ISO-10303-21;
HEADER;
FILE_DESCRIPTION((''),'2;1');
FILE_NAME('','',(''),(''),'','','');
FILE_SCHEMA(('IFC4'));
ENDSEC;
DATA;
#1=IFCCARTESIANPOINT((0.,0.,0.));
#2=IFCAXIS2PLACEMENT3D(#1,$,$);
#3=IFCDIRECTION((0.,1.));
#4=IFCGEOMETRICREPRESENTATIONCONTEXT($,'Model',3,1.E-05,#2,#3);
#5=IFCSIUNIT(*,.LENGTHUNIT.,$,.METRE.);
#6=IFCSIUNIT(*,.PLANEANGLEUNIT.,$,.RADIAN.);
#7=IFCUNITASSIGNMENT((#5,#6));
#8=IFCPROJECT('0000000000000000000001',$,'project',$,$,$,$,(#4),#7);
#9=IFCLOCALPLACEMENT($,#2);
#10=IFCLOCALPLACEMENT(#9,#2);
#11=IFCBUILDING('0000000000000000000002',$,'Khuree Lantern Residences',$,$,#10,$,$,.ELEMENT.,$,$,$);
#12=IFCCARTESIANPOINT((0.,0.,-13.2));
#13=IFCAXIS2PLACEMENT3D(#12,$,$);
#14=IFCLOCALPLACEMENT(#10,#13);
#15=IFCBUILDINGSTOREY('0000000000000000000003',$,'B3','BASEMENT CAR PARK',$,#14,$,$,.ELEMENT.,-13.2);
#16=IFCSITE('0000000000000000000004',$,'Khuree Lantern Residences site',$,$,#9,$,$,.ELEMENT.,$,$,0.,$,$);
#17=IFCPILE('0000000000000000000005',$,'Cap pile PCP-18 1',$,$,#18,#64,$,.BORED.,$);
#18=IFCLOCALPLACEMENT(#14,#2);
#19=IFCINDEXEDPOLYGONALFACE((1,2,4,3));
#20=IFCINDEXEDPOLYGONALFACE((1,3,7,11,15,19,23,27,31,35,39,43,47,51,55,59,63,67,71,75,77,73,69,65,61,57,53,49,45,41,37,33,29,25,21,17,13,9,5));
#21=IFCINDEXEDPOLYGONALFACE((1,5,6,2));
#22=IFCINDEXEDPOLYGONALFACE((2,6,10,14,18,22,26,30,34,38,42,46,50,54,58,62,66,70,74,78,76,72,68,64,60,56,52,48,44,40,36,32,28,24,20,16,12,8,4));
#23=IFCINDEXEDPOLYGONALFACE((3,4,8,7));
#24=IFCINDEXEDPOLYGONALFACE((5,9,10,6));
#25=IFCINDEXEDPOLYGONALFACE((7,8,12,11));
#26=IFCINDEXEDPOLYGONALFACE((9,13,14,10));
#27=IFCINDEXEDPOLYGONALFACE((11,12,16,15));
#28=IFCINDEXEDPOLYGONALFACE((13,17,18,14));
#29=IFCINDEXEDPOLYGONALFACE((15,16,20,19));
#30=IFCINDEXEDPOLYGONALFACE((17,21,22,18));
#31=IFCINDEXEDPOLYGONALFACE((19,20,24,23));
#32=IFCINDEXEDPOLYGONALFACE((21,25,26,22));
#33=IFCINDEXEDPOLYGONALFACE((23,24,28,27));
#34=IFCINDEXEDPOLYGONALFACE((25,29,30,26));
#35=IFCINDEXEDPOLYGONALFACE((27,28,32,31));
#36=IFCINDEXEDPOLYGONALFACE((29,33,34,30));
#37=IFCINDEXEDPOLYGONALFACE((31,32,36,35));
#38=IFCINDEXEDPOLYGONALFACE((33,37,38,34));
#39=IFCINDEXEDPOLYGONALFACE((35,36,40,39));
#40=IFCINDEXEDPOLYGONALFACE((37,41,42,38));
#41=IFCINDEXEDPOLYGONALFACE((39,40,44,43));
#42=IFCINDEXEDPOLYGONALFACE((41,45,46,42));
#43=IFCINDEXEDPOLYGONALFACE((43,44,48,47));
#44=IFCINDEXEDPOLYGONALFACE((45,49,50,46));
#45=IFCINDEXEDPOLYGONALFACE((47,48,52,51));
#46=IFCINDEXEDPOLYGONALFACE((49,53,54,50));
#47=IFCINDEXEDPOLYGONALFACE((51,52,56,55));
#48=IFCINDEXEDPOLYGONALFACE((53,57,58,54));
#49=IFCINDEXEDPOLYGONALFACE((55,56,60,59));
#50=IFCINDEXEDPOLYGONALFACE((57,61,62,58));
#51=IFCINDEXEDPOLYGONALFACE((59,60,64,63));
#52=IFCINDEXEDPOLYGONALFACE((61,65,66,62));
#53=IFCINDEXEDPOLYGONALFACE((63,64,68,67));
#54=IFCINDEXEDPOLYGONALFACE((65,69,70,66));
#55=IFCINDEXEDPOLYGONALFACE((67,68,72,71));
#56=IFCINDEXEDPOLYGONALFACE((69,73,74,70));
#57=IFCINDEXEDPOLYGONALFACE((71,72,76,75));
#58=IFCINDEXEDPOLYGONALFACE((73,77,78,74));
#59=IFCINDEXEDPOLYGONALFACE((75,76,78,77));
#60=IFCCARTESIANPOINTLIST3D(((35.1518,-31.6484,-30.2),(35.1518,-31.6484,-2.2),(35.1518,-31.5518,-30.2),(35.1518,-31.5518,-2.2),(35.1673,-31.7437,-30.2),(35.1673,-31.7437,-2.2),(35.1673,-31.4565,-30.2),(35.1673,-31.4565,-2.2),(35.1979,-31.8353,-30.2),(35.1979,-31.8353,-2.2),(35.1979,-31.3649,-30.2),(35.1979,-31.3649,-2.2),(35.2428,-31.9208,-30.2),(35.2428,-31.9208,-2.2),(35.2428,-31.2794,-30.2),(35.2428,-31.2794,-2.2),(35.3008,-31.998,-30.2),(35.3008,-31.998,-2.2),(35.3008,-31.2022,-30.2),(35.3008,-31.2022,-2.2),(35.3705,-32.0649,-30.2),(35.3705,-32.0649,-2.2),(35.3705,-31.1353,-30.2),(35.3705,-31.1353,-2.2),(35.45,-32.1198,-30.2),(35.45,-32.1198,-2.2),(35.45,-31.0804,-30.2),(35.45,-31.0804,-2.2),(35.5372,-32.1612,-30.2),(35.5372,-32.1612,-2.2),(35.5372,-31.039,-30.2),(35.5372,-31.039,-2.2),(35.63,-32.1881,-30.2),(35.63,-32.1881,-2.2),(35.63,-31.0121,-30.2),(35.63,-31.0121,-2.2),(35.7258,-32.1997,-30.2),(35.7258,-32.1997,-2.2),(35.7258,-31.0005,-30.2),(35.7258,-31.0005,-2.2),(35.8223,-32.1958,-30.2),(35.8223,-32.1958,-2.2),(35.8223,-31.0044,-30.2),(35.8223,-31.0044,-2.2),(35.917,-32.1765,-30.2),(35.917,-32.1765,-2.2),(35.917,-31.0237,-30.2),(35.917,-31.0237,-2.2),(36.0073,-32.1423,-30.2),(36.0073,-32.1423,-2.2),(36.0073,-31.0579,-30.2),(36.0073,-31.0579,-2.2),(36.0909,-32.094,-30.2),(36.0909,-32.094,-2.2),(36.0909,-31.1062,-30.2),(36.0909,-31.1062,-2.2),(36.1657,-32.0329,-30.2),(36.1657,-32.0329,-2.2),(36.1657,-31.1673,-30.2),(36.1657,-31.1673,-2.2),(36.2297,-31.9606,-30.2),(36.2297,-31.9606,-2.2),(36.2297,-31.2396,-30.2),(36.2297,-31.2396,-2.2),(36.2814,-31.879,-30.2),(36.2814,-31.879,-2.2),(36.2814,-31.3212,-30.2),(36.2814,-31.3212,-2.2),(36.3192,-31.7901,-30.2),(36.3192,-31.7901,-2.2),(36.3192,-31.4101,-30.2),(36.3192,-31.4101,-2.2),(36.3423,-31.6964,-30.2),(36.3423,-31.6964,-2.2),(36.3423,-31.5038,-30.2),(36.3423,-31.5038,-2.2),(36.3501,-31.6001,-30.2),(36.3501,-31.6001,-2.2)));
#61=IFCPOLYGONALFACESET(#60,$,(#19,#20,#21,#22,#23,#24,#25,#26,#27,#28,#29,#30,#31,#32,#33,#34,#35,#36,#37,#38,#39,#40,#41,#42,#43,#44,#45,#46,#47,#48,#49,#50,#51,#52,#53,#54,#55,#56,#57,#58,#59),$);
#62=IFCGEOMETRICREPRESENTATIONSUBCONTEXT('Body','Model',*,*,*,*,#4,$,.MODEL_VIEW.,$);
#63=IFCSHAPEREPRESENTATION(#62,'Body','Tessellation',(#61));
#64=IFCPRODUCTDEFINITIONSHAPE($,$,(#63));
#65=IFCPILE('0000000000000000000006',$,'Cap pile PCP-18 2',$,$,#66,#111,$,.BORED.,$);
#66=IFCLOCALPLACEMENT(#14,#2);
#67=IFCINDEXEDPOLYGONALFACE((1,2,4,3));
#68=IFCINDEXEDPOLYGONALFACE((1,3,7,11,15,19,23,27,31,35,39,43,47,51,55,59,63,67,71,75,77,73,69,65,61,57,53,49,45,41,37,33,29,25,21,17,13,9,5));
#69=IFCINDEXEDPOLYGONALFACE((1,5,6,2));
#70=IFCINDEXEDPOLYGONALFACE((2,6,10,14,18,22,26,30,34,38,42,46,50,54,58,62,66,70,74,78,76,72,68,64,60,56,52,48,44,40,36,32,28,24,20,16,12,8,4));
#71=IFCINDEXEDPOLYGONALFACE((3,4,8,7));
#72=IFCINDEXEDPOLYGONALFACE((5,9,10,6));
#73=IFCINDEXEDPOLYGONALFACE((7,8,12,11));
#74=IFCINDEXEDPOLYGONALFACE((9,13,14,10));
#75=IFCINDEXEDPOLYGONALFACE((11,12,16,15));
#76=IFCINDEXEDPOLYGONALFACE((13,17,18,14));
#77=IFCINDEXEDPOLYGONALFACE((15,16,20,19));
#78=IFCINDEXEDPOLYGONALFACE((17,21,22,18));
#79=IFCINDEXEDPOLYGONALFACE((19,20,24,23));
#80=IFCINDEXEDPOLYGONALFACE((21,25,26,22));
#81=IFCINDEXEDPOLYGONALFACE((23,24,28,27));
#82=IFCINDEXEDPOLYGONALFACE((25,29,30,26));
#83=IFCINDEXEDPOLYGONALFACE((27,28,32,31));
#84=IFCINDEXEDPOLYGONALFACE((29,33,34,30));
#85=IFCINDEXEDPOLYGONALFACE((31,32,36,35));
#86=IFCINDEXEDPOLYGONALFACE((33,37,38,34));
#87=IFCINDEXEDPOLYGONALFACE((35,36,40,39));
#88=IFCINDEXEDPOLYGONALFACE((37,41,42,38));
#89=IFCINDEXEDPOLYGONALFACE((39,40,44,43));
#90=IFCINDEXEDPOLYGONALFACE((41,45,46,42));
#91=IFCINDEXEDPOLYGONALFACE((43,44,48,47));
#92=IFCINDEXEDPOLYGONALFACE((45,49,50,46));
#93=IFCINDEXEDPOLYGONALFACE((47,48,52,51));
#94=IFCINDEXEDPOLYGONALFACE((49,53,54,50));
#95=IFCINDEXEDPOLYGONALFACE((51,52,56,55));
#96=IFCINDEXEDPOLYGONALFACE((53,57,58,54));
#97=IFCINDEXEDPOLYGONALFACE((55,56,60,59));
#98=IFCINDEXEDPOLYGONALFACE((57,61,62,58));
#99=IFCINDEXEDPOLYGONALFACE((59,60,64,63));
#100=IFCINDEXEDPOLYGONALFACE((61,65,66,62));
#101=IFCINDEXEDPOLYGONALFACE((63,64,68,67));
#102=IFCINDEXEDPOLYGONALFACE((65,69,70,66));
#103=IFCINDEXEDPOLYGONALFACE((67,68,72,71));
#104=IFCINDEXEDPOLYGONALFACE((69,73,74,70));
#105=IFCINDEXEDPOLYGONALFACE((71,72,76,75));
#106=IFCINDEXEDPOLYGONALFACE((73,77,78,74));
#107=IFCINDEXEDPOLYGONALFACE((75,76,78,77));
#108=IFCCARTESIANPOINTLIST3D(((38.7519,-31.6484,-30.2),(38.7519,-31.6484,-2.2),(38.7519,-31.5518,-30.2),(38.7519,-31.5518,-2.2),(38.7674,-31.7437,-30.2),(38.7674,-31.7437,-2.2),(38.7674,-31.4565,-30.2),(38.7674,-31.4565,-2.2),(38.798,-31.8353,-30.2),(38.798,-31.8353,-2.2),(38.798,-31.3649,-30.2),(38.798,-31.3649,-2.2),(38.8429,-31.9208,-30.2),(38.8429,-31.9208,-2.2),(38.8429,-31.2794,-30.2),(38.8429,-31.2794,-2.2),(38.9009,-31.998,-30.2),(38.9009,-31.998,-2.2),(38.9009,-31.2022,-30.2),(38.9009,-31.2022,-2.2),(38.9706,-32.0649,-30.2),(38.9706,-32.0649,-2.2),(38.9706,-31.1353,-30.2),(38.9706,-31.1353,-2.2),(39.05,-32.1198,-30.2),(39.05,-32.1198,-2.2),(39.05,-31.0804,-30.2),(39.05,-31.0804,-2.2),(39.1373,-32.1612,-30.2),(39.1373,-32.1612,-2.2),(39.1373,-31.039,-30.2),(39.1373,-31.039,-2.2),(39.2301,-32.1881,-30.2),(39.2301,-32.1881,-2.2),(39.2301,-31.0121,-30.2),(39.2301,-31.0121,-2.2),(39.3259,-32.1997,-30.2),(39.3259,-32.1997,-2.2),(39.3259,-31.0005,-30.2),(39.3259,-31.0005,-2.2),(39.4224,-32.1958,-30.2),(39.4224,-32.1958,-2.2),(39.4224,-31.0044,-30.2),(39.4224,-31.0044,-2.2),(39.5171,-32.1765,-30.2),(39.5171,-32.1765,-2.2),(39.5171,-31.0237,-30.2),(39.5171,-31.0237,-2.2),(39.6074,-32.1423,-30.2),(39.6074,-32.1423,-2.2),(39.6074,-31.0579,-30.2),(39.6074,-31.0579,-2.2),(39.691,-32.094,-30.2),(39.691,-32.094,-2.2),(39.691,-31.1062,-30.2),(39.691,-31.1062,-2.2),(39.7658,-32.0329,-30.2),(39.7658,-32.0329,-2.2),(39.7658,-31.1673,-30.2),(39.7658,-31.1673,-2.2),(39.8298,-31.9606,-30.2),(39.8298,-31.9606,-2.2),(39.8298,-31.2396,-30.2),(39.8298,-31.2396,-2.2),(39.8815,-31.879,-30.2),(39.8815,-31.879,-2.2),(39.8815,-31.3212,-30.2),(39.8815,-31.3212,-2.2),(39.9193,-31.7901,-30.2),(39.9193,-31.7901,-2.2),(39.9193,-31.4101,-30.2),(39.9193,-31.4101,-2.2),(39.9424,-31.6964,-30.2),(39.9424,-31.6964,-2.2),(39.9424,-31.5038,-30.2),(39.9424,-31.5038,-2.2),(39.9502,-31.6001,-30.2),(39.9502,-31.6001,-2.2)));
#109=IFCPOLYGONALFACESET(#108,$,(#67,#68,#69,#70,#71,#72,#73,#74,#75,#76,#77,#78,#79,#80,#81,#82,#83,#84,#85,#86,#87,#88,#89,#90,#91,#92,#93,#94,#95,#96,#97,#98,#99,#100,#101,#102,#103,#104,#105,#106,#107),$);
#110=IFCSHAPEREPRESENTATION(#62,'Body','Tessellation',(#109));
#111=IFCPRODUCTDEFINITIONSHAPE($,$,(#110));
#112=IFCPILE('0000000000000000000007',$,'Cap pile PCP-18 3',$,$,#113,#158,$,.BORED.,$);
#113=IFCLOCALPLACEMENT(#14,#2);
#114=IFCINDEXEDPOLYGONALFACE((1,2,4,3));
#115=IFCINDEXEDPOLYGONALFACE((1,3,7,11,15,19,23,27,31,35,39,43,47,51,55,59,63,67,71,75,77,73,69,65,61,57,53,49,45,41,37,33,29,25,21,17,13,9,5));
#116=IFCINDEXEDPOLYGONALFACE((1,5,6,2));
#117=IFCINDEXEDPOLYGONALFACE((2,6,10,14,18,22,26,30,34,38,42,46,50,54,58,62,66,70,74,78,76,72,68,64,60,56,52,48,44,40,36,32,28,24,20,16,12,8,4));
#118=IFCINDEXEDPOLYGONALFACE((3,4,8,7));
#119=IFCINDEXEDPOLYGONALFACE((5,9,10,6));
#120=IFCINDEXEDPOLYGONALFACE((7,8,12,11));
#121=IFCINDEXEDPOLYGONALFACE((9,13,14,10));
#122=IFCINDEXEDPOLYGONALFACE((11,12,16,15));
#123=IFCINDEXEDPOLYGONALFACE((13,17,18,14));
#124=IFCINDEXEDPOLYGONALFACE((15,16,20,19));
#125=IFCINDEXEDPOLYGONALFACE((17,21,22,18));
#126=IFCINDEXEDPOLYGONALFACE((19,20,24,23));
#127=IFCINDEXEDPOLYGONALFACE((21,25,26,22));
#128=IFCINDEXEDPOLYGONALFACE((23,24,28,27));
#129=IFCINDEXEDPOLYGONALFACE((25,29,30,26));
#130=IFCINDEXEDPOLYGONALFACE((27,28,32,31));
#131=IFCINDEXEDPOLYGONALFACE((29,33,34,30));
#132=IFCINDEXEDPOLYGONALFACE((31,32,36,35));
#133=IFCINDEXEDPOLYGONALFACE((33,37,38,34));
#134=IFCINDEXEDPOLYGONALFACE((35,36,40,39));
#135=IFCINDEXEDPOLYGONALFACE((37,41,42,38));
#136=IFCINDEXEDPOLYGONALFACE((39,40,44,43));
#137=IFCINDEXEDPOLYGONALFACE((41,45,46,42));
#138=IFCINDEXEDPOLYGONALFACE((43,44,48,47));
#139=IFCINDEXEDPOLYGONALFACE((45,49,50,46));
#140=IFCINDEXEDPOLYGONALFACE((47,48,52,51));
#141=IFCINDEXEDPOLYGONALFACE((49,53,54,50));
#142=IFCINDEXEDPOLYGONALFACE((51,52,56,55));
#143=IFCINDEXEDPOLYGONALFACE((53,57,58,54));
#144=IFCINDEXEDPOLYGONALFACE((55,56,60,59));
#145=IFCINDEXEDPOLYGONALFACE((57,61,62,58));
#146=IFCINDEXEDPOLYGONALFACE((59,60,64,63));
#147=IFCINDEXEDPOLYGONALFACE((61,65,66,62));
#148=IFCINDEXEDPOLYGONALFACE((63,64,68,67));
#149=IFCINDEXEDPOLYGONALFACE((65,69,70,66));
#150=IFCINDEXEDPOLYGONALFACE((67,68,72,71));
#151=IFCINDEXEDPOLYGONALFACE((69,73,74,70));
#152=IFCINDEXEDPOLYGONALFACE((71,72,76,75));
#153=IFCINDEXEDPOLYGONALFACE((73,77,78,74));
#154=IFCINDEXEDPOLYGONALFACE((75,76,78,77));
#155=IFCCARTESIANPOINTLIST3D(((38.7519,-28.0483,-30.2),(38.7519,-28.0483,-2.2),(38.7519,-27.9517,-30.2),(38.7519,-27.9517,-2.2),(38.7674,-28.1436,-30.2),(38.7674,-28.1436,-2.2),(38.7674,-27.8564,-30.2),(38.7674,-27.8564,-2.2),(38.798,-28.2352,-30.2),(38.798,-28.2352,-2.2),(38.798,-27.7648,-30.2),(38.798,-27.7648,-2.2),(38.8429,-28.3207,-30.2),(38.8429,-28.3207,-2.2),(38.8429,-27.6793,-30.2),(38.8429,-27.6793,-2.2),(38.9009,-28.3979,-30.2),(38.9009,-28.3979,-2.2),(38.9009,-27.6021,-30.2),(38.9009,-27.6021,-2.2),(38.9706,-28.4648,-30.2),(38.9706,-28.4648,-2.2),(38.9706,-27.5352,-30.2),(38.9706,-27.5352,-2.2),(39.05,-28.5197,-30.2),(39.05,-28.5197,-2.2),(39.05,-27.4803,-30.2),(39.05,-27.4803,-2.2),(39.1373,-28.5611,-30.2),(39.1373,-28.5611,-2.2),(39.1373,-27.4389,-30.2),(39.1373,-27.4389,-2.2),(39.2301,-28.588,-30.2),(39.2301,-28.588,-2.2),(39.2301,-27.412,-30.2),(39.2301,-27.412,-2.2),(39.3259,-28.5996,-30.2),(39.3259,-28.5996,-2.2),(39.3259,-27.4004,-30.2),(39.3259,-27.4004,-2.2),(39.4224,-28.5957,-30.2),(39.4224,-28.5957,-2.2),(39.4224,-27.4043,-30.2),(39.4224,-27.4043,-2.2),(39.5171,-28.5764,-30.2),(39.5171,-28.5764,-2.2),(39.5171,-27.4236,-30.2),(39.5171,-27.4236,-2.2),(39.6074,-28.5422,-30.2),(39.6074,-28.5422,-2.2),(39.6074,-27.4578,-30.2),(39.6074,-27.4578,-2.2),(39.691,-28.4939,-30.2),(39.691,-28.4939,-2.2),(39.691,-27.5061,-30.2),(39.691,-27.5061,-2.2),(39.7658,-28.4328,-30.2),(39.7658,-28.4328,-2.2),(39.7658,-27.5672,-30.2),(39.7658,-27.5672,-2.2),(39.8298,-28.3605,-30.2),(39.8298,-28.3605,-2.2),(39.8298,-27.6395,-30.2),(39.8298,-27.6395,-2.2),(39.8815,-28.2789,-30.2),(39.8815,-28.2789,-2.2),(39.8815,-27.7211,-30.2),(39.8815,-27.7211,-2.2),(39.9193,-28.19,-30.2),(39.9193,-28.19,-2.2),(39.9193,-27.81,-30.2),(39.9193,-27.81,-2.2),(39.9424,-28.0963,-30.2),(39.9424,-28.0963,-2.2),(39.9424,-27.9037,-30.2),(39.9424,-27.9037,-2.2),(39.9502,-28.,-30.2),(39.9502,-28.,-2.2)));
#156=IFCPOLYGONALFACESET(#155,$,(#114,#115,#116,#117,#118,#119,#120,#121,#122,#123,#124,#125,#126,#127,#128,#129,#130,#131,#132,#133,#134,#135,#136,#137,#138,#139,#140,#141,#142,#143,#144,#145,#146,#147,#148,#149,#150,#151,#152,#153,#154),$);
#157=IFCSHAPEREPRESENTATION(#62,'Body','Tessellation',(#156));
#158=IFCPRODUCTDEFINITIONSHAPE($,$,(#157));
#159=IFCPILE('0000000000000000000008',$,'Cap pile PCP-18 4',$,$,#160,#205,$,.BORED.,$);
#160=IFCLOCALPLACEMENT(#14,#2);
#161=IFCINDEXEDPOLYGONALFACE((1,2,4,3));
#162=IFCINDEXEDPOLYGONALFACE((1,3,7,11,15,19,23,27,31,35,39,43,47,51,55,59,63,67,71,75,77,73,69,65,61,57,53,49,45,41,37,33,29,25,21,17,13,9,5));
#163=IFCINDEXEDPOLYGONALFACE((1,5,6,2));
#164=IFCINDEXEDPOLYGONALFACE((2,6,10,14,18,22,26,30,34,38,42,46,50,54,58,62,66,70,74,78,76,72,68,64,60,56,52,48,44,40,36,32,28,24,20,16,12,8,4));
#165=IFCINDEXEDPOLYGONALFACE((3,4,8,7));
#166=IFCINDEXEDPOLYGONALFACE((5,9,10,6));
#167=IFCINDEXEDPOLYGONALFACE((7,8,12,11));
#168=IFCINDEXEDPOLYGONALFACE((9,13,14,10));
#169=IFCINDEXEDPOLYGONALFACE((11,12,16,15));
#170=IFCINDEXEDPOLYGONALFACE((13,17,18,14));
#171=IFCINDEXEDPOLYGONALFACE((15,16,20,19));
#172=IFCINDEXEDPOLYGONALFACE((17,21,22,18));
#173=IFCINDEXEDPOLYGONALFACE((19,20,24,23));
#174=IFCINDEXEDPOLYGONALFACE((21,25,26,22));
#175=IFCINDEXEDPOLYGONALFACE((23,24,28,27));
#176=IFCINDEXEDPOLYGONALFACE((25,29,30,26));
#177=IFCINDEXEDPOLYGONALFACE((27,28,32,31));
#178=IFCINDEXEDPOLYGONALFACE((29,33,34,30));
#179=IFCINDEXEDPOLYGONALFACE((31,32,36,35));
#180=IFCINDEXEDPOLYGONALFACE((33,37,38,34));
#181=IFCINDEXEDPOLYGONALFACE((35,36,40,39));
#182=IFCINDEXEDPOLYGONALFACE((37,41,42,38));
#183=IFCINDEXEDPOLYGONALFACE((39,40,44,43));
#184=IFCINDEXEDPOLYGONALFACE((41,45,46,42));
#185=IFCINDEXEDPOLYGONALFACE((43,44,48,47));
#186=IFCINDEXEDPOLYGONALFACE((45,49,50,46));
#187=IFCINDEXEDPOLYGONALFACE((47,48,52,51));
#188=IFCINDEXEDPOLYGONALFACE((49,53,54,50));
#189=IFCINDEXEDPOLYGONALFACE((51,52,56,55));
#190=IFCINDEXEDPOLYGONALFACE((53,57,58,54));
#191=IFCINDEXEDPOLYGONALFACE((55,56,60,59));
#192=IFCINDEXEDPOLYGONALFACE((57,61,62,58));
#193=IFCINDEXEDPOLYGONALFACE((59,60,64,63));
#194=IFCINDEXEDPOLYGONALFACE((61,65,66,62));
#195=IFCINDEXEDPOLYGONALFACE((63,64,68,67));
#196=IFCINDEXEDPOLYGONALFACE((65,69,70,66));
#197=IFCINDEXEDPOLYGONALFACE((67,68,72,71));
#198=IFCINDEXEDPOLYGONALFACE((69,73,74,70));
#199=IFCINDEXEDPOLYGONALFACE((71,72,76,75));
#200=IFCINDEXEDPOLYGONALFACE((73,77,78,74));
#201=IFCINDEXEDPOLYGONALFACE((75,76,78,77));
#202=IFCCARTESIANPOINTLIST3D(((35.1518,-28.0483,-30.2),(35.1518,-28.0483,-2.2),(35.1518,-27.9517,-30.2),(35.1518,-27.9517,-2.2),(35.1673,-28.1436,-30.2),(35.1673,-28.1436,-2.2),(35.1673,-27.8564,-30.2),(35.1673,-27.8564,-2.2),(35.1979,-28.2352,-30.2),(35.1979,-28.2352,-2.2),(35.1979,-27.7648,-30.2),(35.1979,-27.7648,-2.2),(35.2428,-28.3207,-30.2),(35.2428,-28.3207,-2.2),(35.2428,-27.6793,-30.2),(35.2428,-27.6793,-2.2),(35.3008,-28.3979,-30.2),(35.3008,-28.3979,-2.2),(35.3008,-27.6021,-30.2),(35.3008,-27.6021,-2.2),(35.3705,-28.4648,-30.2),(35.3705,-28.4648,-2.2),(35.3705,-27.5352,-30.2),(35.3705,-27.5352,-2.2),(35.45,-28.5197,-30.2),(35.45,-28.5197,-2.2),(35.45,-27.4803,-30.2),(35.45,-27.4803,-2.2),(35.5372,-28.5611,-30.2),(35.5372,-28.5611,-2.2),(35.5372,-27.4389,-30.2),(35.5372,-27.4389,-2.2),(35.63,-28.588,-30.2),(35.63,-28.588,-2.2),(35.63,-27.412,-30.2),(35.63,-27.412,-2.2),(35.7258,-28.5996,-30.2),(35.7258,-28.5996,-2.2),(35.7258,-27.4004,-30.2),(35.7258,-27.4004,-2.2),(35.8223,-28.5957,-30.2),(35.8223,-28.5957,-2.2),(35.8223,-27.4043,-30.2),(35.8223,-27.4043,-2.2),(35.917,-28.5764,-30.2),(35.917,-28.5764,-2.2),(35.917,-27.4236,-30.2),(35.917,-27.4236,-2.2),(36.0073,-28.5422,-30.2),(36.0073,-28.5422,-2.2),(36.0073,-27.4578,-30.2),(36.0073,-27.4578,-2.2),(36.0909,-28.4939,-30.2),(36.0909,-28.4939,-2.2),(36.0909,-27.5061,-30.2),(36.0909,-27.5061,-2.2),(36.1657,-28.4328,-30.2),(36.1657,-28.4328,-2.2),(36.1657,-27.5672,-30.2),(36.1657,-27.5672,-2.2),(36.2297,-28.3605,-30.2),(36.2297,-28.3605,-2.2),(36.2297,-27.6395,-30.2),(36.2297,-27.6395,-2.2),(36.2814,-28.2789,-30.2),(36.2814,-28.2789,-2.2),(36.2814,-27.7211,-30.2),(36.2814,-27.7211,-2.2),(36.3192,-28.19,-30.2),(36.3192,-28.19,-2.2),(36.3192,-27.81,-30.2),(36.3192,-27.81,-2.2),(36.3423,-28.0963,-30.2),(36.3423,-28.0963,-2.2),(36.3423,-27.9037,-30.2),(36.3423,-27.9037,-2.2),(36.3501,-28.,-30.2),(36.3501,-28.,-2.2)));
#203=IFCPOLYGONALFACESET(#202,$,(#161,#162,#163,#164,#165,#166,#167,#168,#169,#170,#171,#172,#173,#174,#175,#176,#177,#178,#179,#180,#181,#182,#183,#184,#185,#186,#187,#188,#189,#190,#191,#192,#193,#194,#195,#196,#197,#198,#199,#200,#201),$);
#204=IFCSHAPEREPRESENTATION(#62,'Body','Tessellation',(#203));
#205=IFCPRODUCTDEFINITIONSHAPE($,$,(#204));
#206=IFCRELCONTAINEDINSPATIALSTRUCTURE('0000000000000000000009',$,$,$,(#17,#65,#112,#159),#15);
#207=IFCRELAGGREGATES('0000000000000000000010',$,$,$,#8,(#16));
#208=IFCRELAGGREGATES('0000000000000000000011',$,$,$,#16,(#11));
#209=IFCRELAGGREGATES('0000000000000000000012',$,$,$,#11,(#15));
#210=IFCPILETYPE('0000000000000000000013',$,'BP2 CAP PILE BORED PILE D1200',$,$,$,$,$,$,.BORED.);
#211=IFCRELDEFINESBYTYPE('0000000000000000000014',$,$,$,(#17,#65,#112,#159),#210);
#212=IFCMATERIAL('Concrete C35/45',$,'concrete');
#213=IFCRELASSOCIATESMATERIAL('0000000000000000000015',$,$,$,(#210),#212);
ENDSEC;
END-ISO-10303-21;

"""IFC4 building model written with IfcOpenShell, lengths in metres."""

from ifc_helpers import new_model, si_unit, direction, frame, origin, origin_2d, place, context, subcontext, project, spatial, circle, extrude, material, material_profile, profile_set, type_object, element, save


model = new_model("IFC4")

# Units and contexts
model_context = context("Model", 3, precision=1e-05, world=origin(), true_north=direction((0.0, 1.0)))
body_context = subcontext(model_context, "Body", "Model", "MODEL_VIEW")
ifc_project = project(units=[si_unit("LENGTHUNIT", "METRE"), si_unit("PLANEANGLEUNIT", "RADIAN")], contexts=[model_context])

# Site, building, storey
site_placement = place(None, origin())
site = spatial("IfcSite", under=ifc_project, at=site_placement, Name="Khuree Lantern Residences site", CompositionType="ELEMENT", RefElevation=0.0)
building_placement = place(site_placement, origin())
building = spatial("IfcBuilding", under=site, at=building_placement, Name="Khuree Lantern Residences", CompositionType="ELEMENT")
storey_placement = place(building_placement, frame((0.0, 0.0, -13.2)))
storey = spatial("IfcBuildingStorey", under=building, at=storey_placement, Name="B3", Description="BASEMENT CAR PARK", CompositionType="ELEMENT", Elevation=-13.2)

# Piles
ifc_material_1 = material(Name="Concrete C35/45", Category="concrete")
ifc_material_profile_1 = material_profile(ifc_material_1, circle(Radius=0.6001, at=origin_2d()), Name="BORED PILE D1200")
ifc_profile_set_1 = profile_set([ifc_material_profile_1], Name="Concrete C35/45")
pile_type_1 = type_object("IfcPileType", Name="BP2 CAP PILE BORED PILE D1200", PredefinedType="BORED", material=ifc_profile_set_1)
for number, where, z_axis, x_axis, name in (
    (1, (35.75, -31.6001, -2.2), (0.0, 0.0, -1.0), (1.0, 0.0, 0.0), "Cap pile PCP-18 1"),
    (2, (39.3501, -31.6001, -2.2), (0.0, 0.0, -1.0), (1.0, 0.0, 0.0), "Cap pile PCP-18 2"),
    (3, (39.3501, -28.0, -2.2), (0.0, 0.0, -1.0), (1.0, 0.0, 0.0), "Cap pile PCP-18 3"),
    (4, (35.75, -28.0, -2.2), (0.0, 0.0, -1.0), (1.0, 0.0, 0.0), "Cap pile PCP-18 4"),
):
    element("IfcPile", number, at=place(storey_placement, frame(where, z_axis=z_axis, x_axis=x_axis)), inside=storey, type_object=pile_type_1, Name=name, PredefinedType="BORED", context=body_context, shape_type="SweptSolid", body=[
        extrude(circle(Radius=0.6001, at=origin_2d()), origin(), (0.0, 0.0, 1.0), 28.0),
    ])

save(model, "model.ifc")
